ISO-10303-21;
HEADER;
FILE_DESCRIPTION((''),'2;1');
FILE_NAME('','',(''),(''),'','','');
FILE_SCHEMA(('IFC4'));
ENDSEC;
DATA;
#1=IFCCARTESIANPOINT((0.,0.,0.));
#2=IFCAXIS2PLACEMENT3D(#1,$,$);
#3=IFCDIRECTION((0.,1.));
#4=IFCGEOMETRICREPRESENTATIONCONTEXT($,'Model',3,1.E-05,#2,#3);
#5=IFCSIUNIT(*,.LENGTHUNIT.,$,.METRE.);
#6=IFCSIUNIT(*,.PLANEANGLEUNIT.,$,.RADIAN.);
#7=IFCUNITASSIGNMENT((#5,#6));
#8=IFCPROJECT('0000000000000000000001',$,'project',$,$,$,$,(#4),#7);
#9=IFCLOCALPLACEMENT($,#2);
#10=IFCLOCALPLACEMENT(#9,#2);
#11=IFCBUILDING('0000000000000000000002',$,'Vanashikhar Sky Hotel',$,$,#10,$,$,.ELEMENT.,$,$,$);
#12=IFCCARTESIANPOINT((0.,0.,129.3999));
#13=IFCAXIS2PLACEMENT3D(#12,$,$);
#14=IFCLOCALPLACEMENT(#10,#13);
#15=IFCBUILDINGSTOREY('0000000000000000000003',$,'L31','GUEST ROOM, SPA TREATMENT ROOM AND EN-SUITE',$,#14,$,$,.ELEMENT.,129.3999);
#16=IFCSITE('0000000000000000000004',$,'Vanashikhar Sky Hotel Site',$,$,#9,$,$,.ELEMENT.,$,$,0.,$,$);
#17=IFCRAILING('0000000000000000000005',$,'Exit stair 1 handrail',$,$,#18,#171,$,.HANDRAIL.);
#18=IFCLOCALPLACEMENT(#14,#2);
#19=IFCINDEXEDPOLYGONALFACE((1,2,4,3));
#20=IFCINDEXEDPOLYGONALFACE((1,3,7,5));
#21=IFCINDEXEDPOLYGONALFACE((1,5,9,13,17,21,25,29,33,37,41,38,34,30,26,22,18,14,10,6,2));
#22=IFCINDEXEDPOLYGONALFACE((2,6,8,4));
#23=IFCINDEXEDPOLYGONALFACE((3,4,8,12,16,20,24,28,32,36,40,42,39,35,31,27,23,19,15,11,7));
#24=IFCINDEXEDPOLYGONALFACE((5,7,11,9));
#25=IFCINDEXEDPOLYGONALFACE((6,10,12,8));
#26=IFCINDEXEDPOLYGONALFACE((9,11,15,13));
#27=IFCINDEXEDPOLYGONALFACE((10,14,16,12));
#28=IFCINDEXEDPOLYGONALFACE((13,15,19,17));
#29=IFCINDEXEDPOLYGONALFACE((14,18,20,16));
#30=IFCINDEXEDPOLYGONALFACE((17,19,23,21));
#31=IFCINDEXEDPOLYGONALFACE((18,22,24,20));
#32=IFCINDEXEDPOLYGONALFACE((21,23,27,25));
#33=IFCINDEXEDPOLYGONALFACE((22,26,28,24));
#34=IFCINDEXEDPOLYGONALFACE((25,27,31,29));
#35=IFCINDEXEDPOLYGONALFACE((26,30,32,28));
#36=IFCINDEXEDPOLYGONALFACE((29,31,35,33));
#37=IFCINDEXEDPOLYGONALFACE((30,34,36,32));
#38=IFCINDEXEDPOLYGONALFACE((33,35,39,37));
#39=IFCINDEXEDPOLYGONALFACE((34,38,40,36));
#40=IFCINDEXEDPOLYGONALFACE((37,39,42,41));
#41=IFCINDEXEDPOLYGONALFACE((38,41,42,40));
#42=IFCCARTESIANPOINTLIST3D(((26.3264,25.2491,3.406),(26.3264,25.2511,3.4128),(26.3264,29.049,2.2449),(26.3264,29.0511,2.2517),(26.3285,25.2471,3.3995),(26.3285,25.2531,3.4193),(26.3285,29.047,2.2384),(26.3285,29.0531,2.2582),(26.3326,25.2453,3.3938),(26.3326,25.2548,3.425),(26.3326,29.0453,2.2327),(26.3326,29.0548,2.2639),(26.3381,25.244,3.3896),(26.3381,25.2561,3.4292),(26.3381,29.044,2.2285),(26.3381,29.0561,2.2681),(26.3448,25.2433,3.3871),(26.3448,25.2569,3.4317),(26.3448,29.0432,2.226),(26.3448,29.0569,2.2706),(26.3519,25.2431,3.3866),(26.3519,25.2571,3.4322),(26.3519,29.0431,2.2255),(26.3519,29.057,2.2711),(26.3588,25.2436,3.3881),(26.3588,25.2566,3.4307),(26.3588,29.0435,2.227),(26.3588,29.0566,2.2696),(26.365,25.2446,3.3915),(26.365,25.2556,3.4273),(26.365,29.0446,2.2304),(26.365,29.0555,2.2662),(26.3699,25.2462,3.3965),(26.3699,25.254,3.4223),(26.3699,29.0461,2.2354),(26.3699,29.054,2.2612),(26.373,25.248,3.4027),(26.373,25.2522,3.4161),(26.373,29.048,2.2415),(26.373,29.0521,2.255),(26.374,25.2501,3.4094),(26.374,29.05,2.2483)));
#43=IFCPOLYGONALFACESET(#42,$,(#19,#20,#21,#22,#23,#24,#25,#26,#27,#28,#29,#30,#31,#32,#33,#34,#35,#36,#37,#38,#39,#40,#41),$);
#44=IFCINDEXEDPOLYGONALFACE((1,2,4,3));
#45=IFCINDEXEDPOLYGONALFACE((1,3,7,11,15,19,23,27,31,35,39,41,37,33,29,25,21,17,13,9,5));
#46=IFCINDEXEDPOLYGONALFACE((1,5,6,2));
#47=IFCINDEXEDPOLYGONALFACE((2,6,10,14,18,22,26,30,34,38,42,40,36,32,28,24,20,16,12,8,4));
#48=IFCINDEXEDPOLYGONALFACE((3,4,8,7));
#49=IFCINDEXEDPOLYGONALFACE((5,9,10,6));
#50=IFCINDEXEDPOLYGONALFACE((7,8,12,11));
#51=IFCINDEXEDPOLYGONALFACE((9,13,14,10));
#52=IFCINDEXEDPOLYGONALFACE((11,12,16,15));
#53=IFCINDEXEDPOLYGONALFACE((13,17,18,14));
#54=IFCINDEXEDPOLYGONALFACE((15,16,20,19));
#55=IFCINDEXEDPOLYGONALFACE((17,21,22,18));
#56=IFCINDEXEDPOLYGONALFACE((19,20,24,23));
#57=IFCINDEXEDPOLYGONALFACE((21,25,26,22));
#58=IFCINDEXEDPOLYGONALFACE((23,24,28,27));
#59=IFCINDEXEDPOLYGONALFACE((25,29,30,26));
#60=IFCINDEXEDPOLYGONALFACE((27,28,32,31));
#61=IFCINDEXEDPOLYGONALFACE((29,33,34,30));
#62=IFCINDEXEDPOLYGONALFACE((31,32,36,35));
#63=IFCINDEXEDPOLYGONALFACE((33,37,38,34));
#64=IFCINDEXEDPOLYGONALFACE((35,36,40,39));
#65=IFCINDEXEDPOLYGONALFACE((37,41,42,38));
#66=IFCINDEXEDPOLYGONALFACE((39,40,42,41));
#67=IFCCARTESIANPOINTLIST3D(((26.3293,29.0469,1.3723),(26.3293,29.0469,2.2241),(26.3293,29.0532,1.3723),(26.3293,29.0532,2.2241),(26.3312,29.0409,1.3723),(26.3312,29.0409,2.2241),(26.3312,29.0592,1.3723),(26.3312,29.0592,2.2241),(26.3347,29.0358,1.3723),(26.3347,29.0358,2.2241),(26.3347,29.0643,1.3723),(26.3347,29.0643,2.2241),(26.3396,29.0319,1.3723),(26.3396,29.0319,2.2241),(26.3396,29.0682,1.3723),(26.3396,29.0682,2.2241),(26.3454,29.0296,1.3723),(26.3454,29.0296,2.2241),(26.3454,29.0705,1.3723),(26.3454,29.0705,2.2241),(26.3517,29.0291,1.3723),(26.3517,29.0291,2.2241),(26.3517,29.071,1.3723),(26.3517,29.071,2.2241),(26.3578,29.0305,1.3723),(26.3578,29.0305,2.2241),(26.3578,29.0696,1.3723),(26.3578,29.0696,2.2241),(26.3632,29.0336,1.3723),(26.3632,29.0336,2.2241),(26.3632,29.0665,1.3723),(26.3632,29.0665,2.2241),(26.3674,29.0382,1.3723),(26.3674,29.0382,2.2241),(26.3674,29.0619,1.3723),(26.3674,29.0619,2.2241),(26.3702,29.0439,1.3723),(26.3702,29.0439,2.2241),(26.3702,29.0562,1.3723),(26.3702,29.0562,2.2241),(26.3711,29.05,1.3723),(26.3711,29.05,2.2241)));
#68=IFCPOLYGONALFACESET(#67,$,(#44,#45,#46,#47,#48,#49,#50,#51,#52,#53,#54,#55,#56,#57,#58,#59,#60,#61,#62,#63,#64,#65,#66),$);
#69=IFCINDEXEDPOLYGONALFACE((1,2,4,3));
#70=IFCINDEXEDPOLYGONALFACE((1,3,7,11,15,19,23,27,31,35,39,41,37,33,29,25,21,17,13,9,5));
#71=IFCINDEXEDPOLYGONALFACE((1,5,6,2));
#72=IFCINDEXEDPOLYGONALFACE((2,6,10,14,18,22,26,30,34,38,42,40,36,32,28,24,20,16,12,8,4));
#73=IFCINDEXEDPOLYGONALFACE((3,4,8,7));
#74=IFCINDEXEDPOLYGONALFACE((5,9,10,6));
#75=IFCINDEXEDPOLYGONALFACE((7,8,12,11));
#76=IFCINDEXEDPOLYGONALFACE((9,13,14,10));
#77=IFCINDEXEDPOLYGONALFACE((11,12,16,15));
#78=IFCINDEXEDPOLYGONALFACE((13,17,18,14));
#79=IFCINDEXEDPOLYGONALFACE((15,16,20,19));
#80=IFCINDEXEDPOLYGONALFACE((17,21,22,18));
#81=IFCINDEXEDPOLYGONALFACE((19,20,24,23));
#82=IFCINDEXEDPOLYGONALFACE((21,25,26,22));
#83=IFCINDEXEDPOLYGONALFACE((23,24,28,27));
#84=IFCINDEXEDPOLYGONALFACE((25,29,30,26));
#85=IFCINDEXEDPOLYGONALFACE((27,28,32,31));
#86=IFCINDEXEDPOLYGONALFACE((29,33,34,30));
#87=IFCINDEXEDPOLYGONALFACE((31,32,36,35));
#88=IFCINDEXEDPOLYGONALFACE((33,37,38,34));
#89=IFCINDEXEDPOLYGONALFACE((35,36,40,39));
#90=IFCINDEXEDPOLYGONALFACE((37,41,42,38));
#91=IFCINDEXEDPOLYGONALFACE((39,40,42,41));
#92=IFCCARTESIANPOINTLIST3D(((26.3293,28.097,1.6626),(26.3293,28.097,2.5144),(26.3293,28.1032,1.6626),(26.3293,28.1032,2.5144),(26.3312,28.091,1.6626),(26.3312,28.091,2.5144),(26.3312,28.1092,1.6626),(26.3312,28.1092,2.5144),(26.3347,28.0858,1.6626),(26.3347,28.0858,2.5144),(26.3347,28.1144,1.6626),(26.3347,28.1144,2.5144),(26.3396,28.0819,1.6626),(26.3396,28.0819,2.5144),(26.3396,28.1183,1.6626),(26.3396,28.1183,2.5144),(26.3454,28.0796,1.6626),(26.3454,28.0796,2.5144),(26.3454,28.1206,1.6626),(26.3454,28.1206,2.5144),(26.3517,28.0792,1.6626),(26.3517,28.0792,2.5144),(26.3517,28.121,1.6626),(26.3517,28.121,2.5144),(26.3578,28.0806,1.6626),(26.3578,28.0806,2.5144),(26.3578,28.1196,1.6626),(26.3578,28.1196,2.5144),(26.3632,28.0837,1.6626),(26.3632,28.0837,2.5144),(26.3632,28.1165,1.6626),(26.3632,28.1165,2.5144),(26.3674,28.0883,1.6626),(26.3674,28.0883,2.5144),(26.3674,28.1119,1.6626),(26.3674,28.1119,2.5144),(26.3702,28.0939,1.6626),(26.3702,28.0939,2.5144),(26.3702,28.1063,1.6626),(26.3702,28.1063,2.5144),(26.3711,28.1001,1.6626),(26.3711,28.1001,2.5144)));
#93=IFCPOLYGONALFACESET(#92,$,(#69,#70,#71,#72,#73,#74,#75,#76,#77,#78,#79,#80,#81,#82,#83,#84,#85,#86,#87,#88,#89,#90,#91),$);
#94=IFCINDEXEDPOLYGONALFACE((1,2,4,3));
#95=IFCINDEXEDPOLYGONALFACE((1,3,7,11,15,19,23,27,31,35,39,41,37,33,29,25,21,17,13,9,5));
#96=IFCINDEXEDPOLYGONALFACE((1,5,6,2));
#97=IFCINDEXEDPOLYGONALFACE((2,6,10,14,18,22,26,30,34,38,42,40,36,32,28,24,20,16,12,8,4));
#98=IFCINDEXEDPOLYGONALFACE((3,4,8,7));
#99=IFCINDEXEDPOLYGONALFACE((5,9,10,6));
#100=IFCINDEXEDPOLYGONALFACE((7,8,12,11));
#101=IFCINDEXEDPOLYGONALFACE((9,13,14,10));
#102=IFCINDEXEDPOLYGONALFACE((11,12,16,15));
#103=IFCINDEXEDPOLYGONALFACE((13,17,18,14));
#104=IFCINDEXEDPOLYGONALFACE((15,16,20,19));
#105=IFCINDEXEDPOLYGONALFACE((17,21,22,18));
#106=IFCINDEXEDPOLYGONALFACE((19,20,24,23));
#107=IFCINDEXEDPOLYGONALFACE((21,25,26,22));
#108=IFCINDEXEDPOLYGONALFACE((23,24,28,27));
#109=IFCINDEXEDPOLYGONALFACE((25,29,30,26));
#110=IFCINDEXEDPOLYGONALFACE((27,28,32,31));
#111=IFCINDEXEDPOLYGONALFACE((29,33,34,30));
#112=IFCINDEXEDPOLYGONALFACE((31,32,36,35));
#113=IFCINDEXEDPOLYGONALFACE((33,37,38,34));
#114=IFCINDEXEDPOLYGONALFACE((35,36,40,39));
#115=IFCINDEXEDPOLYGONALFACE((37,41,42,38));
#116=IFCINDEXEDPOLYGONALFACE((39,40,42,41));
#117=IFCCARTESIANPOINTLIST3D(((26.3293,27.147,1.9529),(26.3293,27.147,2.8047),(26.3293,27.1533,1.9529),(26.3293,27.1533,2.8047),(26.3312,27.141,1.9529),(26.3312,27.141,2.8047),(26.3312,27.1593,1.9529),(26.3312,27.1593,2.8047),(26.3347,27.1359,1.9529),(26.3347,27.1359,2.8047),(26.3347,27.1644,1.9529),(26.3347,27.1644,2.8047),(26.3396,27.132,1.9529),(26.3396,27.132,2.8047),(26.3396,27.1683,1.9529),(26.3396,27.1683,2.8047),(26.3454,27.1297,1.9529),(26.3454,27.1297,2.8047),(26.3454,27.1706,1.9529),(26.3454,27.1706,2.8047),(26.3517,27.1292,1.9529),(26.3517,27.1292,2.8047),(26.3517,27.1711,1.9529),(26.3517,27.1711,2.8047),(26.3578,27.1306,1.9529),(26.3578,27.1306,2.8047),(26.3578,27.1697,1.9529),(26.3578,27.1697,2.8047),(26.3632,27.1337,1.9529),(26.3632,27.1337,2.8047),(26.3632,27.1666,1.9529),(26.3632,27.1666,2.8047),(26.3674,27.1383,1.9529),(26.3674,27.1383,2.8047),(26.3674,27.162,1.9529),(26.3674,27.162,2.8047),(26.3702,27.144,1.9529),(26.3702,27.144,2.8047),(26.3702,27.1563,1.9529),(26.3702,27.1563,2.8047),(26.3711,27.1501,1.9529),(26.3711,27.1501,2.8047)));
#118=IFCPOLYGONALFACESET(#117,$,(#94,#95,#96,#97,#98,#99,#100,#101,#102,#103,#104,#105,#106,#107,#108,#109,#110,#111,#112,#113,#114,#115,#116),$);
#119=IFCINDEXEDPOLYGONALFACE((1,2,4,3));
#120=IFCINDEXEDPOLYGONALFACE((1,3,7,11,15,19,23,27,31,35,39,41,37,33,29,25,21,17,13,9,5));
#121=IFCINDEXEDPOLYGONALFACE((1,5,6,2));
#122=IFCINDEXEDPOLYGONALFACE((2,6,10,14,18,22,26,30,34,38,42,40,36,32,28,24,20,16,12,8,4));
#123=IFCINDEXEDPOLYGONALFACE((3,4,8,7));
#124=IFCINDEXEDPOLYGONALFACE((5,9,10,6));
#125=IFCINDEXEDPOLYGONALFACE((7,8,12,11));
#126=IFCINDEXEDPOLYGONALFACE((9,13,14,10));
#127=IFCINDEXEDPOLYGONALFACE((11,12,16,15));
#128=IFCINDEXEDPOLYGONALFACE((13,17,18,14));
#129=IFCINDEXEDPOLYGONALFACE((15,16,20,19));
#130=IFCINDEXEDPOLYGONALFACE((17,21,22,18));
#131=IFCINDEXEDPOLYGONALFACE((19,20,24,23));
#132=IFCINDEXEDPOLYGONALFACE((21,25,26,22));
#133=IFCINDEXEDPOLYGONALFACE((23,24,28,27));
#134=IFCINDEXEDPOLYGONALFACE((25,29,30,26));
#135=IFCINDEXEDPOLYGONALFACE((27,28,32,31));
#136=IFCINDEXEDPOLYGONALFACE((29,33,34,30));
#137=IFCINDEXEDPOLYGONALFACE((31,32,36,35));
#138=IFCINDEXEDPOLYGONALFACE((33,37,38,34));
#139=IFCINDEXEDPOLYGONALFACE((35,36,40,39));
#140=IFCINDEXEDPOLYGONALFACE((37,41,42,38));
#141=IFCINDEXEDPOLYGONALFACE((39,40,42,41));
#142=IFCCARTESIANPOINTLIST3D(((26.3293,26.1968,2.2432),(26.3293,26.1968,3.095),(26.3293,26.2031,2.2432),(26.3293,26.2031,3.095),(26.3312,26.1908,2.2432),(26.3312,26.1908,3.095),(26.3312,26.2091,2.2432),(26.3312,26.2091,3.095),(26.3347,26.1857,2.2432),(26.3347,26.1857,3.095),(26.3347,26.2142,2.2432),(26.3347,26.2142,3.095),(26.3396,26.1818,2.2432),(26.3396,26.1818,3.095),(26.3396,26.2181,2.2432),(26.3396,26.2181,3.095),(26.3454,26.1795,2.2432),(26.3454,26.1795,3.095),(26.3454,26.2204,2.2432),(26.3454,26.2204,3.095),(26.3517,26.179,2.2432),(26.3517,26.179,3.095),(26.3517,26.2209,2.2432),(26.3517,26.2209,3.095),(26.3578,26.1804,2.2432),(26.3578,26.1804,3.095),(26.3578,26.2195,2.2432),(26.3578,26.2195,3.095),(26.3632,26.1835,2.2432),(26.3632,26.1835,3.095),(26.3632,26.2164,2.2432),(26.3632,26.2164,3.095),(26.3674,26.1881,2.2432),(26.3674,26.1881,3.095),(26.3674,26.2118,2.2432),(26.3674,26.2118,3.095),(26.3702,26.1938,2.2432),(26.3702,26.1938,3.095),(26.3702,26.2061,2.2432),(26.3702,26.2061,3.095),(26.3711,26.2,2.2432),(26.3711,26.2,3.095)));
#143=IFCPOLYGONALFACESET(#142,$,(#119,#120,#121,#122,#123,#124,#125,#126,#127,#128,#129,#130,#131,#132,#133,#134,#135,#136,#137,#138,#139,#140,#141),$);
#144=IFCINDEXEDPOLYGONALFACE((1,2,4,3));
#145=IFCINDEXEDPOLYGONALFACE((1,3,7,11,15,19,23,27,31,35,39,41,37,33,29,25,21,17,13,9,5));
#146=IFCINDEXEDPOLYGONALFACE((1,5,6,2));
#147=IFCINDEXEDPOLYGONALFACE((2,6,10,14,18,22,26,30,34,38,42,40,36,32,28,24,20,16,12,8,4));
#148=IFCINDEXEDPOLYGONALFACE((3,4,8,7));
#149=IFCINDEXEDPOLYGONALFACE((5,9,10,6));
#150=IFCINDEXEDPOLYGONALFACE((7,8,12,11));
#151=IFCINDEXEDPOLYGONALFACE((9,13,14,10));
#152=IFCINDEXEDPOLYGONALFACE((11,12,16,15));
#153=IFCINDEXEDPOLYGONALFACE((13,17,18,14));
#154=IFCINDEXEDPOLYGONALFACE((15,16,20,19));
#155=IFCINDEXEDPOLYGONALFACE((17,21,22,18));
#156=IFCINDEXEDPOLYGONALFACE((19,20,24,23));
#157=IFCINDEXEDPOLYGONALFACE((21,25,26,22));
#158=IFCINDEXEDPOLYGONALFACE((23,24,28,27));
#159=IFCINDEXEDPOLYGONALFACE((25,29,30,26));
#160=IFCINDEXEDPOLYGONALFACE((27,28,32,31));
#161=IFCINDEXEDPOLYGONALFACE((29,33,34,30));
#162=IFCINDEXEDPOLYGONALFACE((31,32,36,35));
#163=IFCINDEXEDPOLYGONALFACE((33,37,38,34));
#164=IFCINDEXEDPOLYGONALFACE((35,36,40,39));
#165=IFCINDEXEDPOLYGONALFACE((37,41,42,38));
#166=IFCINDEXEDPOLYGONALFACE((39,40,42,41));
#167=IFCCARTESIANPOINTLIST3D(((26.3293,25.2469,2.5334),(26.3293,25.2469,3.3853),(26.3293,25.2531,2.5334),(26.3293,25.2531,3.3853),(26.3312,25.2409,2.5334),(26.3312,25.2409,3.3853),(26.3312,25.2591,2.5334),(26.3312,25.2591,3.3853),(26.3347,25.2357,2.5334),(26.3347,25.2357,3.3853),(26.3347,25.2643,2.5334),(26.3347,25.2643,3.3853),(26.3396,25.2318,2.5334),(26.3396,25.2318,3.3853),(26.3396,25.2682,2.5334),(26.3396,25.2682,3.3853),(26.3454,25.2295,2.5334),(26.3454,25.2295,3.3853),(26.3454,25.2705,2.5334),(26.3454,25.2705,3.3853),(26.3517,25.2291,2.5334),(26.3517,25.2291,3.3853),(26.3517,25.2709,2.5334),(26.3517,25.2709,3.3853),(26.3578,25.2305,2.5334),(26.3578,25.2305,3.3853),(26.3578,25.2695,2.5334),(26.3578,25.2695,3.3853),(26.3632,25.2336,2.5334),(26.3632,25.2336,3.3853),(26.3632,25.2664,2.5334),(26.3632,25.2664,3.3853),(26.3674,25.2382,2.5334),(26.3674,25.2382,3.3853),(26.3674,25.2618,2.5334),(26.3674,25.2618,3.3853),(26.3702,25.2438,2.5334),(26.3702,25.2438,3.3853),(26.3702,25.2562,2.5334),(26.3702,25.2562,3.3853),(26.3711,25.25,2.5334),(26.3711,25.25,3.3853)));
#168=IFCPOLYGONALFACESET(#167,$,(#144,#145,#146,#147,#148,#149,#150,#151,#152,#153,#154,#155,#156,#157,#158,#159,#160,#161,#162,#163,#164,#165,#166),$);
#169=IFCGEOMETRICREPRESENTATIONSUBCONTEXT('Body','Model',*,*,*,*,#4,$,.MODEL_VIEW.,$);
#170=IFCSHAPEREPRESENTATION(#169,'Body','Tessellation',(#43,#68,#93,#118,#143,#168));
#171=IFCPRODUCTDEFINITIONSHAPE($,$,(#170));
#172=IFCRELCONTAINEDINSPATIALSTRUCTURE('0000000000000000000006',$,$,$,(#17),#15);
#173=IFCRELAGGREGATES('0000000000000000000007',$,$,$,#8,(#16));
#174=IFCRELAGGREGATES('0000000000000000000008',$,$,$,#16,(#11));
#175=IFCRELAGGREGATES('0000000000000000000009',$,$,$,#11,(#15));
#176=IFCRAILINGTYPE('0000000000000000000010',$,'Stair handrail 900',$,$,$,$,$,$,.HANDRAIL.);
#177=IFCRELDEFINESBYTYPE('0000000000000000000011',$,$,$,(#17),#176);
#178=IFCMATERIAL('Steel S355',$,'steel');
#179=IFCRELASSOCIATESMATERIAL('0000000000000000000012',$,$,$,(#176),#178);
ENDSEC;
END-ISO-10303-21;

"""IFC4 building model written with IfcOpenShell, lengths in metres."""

from ifc_helpers import new_model, si_unit, direction, frame, origin, origin_2d, place, context, subcontext, project, spatial, circle, extrude, source, transform, mapped, material, type_object, element, save


model = new_model("IFC4")

# Units and contexts
model_context = context("Model", 3, precision=1e-05, world=origin(), true_north=direction((0.0, 1.0)))
body_context = subcontext(model_context, "Body", "Model", "MODEL_VIEW")
ifc_project = project(units=[si_unit("LENGTHUNIT", "METRE"), si_unit("PLANEANGLEUNIT", "RADIAN")], contexts=[model_context])

# Site, building, storey
site_placement = place(None, origin())
site = spatial("IfcSite", under=ifc_project, at=site_placement, Name="Vanashikhar Sky Hotel Site", CompositionType="ELEMENT", RefElevation=0.0)
building_placement = place(site_placement, origin())
building = spatial("IfcBuilding", under=site, at=building_placement, Name="Vanashikhar Sky Hotel", CompositionType="ELEMENT")
storey_placement = place(building_placement, frame((0.0, 0.0, 129.3999)))
storey = spatial("IfcBuildingStorey", under=building, at=storey_placement, Name="L31", Description="GUEST ROOM, SPA TREATMENT ROOM AND EN-SUITE", CompositionType="ELEMENT", Elevation=129.3999)

# Railing
ifc_material_1 = material(Name="Steel S355", Category="steel")
railing_type_1 = type_object("IfcRailingType", Name="Stair handrail 900", PredefinedType="HANDRAIL", material=ifc_material_1)
shared_shape_1 = source(origin(), body_context, "Body", "SweptSolid", [
    extrude(circle(Radius=0.0239, at=origin_2d()), frame((0.0, 0.0, 0.876), z_axis=(0.0, -0.956351, 0.29222), x_axis=(1.0, 0.0, 0.0)), (0.0, 0.0, 1.0), 3.9734),
    extrude(circle(Radius=0.021, at=origin_2d()), origin(), (0.0, 0.0, 1.0), 0.8518),
    extrude(circle(Radius=0.021, at=origin_2d()), frame((0.0, -0.95, 0.2903)), (0.0, 0.0, 1.0), 0.8518),
    extrude(circle(Radius=0.021, at=origin_2d()), frame((0.0, -1.8999, 0.5806)), (0.0, 0.0, 1.0), 0.8518),
    extrude(circle(Radius=0.021, at=origin_2d()), frame((0.0, -2.8501, 0.8708)), (0.0, 0.0, 1.0), 0.8518),
    extrude(circle(Radius=0.021, at=origin_2d()), frame((0.0, -3.8, 1.1611)), (0.0, 0.0, 1.0), 0.8518),
])
railing_1_placement = place(storey_placement, frame((26.3501, 29.05, 1.3723)))
element("IfcRailing", 1, at=railing_1_placement, inside=storey, type_object=railing_type_1, Name="Exit stair 1 handrail", PredefinedType="HANDRAIL", context=body_context, shape_type="MappedRepresentation", body=[
    mapped(shared_shape_1, transform((0.0, 0.0, 0.0), scale=1.0)),
])

save(model, "model.ifc")
